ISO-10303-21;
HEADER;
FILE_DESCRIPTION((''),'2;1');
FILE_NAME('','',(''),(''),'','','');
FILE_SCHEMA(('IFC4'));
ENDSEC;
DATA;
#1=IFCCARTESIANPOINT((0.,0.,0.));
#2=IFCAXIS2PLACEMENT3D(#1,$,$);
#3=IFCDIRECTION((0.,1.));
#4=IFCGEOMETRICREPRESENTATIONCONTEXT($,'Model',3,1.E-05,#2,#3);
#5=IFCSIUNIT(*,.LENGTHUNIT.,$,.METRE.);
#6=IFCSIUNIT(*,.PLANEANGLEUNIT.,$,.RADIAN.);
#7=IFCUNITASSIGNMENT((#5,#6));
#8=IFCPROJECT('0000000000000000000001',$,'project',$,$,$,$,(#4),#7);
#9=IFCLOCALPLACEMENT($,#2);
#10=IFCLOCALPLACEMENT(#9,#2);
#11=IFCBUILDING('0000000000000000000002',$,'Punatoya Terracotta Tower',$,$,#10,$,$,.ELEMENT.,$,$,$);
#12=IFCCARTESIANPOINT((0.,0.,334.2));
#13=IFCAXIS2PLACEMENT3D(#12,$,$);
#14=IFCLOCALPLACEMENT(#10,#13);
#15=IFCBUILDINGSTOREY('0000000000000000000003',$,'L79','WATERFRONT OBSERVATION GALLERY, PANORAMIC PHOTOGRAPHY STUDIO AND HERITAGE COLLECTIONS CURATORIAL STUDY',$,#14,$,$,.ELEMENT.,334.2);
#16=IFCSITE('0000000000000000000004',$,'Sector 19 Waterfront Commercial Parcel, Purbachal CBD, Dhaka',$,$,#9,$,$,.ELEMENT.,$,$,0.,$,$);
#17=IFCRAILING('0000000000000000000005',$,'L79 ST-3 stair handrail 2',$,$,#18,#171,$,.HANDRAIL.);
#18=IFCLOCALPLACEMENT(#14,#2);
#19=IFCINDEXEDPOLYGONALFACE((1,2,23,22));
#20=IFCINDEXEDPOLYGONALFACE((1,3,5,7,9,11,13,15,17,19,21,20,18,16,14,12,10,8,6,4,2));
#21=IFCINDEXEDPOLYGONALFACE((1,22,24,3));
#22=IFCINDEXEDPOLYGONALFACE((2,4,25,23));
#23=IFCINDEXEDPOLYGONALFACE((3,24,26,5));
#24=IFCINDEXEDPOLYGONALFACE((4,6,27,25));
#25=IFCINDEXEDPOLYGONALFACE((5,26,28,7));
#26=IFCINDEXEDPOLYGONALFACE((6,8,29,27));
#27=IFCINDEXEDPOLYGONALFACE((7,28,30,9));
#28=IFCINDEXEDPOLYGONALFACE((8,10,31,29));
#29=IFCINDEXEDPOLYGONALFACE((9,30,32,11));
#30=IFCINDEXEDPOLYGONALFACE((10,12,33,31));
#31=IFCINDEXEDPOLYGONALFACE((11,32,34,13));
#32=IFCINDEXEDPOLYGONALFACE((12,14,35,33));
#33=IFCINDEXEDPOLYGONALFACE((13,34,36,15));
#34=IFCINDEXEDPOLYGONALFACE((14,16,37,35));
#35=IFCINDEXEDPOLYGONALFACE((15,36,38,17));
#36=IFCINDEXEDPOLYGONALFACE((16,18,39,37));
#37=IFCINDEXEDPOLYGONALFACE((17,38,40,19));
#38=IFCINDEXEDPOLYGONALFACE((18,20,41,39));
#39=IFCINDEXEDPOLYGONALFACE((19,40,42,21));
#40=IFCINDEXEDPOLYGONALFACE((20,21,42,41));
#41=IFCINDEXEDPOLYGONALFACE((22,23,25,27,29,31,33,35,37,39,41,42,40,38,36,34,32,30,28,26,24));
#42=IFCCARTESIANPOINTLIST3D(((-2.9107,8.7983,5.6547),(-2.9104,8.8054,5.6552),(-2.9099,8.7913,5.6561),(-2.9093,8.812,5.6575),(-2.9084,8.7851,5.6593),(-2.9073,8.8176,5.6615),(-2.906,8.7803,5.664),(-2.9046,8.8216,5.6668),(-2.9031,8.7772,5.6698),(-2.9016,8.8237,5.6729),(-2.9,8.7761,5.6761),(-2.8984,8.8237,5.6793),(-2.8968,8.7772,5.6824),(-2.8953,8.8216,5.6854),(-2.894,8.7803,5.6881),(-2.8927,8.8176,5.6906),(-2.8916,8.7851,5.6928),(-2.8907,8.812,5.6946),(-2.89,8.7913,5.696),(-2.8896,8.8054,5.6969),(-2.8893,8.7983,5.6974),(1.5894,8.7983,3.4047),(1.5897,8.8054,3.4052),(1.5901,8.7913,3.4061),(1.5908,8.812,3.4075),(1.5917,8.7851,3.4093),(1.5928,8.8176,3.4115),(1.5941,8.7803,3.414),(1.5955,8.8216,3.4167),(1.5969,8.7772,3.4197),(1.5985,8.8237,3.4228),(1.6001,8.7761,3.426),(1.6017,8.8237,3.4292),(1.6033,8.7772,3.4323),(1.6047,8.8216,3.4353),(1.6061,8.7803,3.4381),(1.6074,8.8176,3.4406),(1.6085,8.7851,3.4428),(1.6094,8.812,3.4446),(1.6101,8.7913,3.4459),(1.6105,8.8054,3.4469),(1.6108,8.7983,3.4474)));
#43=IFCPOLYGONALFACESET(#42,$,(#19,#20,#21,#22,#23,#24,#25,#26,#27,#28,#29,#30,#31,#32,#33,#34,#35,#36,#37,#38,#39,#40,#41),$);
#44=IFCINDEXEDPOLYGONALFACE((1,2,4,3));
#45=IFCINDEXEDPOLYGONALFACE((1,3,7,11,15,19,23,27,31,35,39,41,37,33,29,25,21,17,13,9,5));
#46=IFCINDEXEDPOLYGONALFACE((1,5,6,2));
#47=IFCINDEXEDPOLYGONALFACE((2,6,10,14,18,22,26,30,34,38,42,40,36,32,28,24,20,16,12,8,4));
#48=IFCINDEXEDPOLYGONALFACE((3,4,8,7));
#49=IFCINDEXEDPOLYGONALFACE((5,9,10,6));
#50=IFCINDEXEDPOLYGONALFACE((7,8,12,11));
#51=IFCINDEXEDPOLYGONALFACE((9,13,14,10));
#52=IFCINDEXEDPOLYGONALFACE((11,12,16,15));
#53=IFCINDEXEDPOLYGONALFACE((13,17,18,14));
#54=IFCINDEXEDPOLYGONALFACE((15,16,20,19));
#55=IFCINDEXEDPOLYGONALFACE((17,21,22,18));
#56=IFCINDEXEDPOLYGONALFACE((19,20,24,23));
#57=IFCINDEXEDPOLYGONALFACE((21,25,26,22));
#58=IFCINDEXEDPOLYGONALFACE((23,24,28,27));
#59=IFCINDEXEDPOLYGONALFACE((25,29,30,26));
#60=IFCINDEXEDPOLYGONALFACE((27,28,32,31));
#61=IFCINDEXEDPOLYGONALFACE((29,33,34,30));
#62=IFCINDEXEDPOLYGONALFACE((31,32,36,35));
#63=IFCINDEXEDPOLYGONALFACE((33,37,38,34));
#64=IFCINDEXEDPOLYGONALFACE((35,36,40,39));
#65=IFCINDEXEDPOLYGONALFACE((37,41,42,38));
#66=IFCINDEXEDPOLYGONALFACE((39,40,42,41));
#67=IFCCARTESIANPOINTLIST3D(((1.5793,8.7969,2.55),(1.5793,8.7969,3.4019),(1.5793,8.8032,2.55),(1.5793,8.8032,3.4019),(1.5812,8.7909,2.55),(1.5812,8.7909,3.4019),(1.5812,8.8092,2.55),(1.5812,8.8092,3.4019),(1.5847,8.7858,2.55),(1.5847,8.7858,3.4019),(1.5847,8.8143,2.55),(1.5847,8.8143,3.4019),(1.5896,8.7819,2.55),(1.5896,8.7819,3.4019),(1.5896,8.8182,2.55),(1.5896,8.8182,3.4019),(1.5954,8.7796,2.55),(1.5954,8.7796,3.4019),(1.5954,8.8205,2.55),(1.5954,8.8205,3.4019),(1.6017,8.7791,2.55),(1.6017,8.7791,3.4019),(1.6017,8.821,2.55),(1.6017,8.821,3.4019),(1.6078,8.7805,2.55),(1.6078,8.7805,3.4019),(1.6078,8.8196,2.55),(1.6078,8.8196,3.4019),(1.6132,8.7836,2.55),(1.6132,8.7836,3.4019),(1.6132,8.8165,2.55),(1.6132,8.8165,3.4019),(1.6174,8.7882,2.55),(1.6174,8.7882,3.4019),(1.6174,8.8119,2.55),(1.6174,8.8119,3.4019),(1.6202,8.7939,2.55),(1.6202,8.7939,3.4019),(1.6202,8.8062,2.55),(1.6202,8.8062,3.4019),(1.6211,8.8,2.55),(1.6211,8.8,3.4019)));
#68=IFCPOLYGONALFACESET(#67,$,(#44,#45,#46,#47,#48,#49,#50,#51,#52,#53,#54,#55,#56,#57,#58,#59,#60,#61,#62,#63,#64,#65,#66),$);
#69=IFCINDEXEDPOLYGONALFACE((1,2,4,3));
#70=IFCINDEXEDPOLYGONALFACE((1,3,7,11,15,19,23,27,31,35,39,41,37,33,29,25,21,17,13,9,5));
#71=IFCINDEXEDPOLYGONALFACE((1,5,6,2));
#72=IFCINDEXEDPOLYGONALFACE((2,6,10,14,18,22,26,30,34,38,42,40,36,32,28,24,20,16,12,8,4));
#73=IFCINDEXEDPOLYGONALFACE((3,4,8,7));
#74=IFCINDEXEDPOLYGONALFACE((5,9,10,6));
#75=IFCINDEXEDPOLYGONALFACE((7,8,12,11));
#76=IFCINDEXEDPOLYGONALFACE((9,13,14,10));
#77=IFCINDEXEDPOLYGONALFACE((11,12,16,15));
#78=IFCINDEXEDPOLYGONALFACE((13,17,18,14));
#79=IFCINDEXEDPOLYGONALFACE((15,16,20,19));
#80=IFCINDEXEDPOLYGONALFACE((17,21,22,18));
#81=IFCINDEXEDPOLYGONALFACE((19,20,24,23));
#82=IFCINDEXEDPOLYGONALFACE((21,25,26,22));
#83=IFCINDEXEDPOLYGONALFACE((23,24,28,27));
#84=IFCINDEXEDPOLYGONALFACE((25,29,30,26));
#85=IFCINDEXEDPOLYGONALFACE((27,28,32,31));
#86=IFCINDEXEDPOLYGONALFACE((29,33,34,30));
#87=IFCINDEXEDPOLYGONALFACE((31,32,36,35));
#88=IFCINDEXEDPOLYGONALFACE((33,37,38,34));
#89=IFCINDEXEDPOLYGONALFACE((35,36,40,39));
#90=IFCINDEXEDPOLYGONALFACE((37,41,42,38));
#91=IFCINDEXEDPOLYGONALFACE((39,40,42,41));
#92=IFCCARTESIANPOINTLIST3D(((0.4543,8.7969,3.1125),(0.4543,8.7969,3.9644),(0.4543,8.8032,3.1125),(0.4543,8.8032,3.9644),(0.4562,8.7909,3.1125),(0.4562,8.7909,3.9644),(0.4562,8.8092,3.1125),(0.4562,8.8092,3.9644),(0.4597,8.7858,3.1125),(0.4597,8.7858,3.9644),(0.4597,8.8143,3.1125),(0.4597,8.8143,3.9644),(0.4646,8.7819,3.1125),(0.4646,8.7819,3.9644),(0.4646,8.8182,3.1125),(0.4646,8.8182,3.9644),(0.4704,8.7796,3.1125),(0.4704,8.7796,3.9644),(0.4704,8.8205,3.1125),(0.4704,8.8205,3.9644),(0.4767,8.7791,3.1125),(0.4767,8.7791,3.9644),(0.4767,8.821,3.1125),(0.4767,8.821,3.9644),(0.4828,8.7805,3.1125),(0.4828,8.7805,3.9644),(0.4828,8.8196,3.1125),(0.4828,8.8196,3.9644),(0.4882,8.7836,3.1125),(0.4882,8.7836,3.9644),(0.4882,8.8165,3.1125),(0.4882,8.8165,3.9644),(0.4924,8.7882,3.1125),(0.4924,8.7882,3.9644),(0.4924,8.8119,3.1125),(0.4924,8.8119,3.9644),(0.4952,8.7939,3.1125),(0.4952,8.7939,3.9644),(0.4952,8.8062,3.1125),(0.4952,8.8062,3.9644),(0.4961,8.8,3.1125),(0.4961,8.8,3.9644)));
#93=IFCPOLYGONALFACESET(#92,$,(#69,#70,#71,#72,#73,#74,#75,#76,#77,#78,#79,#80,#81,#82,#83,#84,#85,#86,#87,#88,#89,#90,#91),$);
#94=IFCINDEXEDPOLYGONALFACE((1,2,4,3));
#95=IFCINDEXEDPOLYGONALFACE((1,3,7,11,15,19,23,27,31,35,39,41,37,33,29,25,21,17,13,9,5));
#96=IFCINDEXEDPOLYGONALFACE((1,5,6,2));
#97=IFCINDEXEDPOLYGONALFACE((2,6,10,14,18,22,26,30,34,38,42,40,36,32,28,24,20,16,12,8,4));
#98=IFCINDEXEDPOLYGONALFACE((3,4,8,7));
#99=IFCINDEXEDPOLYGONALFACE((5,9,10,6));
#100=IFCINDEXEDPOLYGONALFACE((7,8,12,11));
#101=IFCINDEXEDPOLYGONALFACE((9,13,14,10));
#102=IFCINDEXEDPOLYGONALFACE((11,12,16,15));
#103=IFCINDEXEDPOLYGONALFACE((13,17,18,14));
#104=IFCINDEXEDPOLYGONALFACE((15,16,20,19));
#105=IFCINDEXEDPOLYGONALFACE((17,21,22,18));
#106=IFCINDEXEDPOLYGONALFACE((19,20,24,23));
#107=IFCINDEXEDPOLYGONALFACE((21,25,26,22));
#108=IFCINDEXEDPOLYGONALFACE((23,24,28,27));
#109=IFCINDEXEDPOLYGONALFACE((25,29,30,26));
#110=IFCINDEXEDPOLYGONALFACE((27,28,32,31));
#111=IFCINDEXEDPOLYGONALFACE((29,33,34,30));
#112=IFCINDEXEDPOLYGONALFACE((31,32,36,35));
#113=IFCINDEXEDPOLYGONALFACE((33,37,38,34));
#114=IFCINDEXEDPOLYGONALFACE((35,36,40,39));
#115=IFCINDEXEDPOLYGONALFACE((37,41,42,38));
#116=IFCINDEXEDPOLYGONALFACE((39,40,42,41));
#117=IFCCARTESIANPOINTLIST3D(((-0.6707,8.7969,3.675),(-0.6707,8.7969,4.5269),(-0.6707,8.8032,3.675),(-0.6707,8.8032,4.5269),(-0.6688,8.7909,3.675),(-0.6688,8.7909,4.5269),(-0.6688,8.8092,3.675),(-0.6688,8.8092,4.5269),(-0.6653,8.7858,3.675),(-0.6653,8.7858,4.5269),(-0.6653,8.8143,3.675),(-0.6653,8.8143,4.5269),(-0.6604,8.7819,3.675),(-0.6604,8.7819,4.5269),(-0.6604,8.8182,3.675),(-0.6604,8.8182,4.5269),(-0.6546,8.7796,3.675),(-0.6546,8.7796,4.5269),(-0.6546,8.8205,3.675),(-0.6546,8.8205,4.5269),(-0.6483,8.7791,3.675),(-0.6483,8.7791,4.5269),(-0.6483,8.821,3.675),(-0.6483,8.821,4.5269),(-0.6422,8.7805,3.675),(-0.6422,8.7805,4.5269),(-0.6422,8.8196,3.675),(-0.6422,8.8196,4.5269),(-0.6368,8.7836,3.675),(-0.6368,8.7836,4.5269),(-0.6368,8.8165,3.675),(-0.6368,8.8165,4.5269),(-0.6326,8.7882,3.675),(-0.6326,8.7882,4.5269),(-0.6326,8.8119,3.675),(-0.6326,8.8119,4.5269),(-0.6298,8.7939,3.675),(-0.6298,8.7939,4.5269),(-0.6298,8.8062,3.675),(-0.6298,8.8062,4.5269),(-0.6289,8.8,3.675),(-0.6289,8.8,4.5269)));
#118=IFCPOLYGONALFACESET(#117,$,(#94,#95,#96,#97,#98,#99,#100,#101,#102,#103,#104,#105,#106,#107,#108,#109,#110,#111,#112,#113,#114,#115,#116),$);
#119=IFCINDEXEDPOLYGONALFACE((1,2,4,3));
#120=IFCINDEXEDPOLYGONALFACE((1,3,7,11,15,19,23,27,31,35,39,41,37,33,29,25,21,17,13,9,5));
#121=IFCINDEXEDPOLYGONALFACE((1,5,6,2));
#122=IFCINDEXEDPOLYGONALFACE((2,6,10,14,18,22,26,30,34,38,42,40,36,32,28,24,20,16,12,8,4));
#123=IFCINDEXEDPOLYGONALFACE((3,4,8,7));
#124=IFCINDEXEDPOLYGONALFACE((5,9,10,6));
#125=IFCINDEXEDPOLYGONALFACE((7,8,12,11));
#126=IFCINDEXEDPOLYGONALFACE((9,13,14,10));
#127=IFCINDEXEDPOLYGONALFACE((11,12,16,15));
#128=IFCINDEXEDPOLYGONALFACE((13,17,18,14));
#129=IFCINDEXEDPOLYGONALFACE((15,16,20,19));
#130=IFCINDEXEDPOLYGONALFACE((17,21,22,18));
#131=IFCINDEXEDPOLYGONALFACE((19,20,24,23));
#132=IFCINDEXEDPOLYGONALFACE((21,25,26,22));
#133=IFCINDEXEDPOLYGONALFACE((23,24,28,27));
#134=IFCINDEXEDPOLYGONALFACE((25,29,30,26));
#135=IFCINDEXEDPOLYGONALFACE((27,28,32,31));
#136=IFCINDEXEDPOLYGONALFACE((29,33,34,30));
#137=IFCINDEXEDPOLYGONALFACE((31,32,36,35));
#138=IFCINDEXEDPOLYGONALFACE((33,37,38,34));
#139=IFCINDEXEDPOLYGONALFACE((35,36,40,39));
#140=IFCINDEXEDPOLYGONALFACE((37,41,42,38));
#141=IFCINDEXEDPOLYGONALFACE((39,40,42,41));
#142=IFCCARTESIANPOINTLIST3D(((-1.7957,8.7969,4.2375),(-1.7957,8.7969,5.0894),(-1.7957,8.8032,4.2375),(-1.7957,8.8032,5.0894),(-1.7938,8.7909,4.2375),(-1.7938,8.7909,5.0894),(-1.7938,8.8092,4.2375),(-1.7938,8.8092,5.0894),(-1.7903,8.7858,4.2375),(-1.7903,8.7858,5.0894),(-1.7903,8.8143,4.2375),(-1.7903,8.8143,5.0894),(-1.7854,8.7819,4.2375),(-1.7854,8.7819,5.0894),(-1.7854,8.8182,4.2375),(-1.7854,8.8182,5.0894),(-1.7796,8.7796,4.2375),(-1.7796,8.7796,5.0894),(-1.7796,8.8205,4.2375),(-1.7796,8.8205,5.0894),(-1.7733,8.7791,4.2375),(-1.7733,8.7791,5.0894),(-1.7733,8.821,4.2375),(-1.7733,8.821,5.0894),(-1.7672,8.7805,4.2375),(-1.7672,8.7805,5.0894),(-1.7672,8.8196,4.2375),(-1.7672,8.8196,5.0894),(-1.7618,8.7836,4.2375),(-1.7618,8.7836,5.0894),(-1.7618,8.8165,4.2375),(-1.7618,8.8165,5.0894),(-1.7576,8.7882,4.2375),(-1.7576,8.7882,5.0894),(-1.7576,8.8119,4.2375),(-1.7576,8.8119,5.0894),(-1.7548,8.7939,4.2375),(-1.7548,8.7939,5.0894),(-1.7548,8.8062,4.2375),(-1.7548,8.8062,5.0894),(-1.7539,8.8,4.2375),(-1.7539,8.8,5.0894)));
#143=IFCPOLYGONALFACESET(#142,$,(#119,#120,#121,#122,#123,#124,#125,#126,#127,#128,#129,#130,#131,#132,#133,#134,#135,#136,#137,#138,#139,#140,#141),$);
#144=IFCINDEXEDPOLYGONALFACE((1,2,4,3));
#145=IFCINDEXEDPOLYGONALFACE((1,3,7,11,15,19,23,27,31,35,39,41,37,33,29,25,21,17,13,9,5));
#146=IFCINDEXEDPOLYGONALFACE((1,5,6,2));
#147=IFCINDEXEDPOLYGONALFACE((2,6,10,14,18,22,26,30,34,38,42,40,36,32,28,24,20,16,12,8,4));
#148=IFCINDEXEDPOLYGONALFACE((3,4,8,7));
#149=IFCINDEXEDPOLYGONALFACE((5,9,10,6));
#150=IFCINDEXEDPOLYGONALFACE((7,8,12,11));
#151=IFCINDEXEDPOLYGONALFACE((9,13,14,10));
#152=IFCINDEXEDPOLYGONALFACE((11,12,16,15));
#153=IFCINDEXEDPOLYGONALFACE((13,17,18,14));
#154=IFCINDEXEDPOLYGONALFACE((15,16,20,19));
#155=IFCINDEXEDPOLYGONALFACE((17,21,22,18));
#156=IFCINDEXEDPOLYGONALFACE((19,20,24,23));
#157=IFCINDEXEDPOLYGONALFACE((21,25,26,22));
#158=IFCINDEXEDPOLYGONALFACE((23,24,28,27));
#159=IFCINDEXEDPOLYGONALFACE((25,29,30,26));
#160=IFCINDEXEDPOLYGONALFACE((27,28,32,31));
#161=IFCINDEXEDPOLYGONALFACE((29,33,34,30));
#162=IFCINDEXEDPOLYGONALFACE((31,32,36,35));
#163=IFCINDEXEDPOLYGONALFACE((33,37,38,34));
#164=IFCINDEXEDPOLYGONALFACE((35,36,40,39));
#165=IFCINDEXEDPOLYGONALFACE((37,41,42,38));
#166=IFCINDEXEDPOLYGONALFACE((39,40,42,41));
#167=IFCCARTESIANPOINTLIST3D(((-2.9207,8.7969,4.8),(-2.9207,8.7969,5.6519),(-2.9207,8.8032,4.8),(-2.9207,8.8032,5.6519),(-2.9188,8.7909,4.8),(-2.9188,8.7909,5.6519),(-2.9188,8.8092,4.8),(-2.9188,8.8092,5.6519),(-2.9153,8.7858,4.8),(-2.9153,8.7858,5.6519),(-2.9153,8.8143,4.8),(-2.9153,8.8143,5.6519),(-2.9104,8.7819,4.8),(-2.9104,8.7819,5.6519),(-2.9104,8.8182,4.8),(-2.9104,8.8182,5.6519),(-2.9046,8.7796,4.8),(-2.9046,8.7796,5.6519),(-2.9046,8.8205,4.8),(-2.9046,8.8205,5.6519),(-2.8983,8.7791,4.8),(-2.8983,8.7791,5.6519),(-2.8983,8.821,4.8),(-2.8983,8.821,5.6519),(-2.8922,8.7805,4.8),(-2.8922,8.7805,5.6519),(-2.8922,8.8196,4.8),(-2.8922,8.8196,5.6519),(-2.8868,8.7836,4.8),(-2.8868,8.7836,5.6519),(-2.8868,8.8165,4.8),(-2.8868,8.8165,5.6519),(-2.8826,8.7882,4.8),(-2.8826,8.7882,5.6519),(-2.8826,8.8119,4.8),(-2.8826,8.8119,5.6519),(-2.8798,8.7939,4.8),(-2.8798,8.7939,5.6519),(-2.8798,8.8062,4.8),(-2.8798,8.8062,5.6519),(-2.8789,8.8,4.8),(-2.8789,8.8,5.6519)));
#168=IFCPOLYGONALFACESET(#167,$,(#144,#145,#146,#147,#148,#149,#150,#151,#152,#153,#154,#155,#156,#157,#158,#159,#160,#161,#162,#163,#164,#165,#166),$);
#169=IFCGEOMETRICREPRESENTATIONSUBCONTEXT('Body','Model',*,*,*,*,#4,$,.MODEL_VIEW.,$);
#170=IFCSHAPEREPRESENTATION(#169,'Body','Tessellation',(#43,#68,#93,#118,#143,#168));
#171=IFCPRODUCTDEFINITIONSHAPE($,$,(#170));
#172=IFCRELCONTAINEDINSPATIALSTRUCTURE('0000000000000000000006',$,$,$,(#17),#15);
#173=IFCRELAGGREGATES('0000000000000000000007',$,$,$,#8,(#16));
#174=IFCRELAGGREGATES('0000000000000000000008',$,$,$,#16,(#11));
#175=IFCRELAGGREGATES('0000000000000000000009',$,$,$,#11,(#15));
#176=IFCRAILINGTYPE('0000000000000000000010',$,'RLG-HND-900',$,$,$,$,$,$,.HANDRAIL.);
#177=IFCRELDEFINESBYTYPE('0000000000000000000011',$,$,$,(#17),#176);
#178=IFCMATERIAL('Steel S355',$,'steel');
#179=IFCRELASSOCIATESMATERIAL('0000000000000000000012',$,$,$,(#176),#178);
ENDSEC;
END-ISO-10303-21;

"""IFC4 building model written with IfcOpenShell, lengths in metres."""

from ifc_helpers import new_model, si_unit, direction, frame, origin, origin_2d, place, context, subcontext, project, spatial, circle, extrude, material, type_object, element, save


model = new_model("IFC4")

# Units and contexts
model_context = context("Model", 3, precision=1e-05, world=origin(), true_north=direction((0.0, 1.0)))
body_context = subcontext(model_context, "Body", "Model", "MODEL_VIEW")
ifc_project = project(units=[si_unit("LENGTHUNIT", "METRE"), si_unit("PLANEANGLEUNIT", "RADIAN")], contexts=[model_context])

# Site, building, storey
site_placement = place(None, origin())
site = spatial("IfcSite", under=ifc_project, at=site_placement, Name="Sector 19 Waterfront Commercial Parcel, Purbachal CBD, Dhaka", CompositionType="ELEMENT", RefElevation=0.0)
building_placement = place(site_placement, origin())
building = spatial("IfcBuilding", under=site, at=building_placement, Name="Punatoya Terracotta Tower", CompositionType="ELEMENT")
storey_placement = place(building_placement, frame((0.0, 0.0, 334.2)))
storey = spatial("IfcBuildingStorey", under=building, at=storey_placement, Name="L79", Description="WATERFRONT OBSERVATION GALLERY, PANORAMIC PHOTOGRAPHY STUDIO AND HERITAGE COLLECTIONS CURATORIAL STUDY", CompositionType="ELEMENT", Elevation=334.2)

# Shared definitions
ifc_material_1 = material(Name="Steel S355", Category="steel")

# Railing
railing_type_1 = type_object("IfcRailingType", Name="RLG-HND-900", PredefinedType="HANDRAIL", material=ifc_material_1)
railing_1_placement = place(storey_placement, frame((1.6001, 8.8, 2.55)))
element("IfcRailing", 1, at=railing_1_placement, inside=storey, type_object=railing_type_1, Name="L79 ST-3 stair handrail 2", PredefinedType="HANDRAIL", context=body_context, shape_type="SweptSolid", body=[
    extrude(circle(Radius=0.0239, at=origin_2d()), frame((0.0, 0.0, 0.876), z_axis=(-0.894427, 0.0, 0.447214), x_axis=(0.0, -1.0, 0.0)), (0.0, 0.0, 1.0), 5.0312),
    extrude(circle(Radius=0.021, at=origin_2d()), origin(), (0.0, 0.0, 1.0), 0.8518),
    extrude(circle(Radius=0.021, at=origin_2d()), frame((-1.125, 0.0, 0.5625)), (0.0, 0.0, 1.0), 0.8518),
    extrude(circle(Radius=0.021, at=origin_2d()), frame((-2.25, 0.0, 1.125)), (0.0, 0.0, 1.0), 0.8518),
    extrude(circle(Radius=0.021, at=origin_2d()), frame((-3.375, 0.0, 1.6875)), (0.0, 0.0, 1.0), 0.8518),
    extrude(circle(Radius=0.021, at=origin_2d()), frame((-4.5, 0.0, 2.25)), (0.0, 0.0, 1.0), 0.8518),
])

save(model, "model.ifc")
